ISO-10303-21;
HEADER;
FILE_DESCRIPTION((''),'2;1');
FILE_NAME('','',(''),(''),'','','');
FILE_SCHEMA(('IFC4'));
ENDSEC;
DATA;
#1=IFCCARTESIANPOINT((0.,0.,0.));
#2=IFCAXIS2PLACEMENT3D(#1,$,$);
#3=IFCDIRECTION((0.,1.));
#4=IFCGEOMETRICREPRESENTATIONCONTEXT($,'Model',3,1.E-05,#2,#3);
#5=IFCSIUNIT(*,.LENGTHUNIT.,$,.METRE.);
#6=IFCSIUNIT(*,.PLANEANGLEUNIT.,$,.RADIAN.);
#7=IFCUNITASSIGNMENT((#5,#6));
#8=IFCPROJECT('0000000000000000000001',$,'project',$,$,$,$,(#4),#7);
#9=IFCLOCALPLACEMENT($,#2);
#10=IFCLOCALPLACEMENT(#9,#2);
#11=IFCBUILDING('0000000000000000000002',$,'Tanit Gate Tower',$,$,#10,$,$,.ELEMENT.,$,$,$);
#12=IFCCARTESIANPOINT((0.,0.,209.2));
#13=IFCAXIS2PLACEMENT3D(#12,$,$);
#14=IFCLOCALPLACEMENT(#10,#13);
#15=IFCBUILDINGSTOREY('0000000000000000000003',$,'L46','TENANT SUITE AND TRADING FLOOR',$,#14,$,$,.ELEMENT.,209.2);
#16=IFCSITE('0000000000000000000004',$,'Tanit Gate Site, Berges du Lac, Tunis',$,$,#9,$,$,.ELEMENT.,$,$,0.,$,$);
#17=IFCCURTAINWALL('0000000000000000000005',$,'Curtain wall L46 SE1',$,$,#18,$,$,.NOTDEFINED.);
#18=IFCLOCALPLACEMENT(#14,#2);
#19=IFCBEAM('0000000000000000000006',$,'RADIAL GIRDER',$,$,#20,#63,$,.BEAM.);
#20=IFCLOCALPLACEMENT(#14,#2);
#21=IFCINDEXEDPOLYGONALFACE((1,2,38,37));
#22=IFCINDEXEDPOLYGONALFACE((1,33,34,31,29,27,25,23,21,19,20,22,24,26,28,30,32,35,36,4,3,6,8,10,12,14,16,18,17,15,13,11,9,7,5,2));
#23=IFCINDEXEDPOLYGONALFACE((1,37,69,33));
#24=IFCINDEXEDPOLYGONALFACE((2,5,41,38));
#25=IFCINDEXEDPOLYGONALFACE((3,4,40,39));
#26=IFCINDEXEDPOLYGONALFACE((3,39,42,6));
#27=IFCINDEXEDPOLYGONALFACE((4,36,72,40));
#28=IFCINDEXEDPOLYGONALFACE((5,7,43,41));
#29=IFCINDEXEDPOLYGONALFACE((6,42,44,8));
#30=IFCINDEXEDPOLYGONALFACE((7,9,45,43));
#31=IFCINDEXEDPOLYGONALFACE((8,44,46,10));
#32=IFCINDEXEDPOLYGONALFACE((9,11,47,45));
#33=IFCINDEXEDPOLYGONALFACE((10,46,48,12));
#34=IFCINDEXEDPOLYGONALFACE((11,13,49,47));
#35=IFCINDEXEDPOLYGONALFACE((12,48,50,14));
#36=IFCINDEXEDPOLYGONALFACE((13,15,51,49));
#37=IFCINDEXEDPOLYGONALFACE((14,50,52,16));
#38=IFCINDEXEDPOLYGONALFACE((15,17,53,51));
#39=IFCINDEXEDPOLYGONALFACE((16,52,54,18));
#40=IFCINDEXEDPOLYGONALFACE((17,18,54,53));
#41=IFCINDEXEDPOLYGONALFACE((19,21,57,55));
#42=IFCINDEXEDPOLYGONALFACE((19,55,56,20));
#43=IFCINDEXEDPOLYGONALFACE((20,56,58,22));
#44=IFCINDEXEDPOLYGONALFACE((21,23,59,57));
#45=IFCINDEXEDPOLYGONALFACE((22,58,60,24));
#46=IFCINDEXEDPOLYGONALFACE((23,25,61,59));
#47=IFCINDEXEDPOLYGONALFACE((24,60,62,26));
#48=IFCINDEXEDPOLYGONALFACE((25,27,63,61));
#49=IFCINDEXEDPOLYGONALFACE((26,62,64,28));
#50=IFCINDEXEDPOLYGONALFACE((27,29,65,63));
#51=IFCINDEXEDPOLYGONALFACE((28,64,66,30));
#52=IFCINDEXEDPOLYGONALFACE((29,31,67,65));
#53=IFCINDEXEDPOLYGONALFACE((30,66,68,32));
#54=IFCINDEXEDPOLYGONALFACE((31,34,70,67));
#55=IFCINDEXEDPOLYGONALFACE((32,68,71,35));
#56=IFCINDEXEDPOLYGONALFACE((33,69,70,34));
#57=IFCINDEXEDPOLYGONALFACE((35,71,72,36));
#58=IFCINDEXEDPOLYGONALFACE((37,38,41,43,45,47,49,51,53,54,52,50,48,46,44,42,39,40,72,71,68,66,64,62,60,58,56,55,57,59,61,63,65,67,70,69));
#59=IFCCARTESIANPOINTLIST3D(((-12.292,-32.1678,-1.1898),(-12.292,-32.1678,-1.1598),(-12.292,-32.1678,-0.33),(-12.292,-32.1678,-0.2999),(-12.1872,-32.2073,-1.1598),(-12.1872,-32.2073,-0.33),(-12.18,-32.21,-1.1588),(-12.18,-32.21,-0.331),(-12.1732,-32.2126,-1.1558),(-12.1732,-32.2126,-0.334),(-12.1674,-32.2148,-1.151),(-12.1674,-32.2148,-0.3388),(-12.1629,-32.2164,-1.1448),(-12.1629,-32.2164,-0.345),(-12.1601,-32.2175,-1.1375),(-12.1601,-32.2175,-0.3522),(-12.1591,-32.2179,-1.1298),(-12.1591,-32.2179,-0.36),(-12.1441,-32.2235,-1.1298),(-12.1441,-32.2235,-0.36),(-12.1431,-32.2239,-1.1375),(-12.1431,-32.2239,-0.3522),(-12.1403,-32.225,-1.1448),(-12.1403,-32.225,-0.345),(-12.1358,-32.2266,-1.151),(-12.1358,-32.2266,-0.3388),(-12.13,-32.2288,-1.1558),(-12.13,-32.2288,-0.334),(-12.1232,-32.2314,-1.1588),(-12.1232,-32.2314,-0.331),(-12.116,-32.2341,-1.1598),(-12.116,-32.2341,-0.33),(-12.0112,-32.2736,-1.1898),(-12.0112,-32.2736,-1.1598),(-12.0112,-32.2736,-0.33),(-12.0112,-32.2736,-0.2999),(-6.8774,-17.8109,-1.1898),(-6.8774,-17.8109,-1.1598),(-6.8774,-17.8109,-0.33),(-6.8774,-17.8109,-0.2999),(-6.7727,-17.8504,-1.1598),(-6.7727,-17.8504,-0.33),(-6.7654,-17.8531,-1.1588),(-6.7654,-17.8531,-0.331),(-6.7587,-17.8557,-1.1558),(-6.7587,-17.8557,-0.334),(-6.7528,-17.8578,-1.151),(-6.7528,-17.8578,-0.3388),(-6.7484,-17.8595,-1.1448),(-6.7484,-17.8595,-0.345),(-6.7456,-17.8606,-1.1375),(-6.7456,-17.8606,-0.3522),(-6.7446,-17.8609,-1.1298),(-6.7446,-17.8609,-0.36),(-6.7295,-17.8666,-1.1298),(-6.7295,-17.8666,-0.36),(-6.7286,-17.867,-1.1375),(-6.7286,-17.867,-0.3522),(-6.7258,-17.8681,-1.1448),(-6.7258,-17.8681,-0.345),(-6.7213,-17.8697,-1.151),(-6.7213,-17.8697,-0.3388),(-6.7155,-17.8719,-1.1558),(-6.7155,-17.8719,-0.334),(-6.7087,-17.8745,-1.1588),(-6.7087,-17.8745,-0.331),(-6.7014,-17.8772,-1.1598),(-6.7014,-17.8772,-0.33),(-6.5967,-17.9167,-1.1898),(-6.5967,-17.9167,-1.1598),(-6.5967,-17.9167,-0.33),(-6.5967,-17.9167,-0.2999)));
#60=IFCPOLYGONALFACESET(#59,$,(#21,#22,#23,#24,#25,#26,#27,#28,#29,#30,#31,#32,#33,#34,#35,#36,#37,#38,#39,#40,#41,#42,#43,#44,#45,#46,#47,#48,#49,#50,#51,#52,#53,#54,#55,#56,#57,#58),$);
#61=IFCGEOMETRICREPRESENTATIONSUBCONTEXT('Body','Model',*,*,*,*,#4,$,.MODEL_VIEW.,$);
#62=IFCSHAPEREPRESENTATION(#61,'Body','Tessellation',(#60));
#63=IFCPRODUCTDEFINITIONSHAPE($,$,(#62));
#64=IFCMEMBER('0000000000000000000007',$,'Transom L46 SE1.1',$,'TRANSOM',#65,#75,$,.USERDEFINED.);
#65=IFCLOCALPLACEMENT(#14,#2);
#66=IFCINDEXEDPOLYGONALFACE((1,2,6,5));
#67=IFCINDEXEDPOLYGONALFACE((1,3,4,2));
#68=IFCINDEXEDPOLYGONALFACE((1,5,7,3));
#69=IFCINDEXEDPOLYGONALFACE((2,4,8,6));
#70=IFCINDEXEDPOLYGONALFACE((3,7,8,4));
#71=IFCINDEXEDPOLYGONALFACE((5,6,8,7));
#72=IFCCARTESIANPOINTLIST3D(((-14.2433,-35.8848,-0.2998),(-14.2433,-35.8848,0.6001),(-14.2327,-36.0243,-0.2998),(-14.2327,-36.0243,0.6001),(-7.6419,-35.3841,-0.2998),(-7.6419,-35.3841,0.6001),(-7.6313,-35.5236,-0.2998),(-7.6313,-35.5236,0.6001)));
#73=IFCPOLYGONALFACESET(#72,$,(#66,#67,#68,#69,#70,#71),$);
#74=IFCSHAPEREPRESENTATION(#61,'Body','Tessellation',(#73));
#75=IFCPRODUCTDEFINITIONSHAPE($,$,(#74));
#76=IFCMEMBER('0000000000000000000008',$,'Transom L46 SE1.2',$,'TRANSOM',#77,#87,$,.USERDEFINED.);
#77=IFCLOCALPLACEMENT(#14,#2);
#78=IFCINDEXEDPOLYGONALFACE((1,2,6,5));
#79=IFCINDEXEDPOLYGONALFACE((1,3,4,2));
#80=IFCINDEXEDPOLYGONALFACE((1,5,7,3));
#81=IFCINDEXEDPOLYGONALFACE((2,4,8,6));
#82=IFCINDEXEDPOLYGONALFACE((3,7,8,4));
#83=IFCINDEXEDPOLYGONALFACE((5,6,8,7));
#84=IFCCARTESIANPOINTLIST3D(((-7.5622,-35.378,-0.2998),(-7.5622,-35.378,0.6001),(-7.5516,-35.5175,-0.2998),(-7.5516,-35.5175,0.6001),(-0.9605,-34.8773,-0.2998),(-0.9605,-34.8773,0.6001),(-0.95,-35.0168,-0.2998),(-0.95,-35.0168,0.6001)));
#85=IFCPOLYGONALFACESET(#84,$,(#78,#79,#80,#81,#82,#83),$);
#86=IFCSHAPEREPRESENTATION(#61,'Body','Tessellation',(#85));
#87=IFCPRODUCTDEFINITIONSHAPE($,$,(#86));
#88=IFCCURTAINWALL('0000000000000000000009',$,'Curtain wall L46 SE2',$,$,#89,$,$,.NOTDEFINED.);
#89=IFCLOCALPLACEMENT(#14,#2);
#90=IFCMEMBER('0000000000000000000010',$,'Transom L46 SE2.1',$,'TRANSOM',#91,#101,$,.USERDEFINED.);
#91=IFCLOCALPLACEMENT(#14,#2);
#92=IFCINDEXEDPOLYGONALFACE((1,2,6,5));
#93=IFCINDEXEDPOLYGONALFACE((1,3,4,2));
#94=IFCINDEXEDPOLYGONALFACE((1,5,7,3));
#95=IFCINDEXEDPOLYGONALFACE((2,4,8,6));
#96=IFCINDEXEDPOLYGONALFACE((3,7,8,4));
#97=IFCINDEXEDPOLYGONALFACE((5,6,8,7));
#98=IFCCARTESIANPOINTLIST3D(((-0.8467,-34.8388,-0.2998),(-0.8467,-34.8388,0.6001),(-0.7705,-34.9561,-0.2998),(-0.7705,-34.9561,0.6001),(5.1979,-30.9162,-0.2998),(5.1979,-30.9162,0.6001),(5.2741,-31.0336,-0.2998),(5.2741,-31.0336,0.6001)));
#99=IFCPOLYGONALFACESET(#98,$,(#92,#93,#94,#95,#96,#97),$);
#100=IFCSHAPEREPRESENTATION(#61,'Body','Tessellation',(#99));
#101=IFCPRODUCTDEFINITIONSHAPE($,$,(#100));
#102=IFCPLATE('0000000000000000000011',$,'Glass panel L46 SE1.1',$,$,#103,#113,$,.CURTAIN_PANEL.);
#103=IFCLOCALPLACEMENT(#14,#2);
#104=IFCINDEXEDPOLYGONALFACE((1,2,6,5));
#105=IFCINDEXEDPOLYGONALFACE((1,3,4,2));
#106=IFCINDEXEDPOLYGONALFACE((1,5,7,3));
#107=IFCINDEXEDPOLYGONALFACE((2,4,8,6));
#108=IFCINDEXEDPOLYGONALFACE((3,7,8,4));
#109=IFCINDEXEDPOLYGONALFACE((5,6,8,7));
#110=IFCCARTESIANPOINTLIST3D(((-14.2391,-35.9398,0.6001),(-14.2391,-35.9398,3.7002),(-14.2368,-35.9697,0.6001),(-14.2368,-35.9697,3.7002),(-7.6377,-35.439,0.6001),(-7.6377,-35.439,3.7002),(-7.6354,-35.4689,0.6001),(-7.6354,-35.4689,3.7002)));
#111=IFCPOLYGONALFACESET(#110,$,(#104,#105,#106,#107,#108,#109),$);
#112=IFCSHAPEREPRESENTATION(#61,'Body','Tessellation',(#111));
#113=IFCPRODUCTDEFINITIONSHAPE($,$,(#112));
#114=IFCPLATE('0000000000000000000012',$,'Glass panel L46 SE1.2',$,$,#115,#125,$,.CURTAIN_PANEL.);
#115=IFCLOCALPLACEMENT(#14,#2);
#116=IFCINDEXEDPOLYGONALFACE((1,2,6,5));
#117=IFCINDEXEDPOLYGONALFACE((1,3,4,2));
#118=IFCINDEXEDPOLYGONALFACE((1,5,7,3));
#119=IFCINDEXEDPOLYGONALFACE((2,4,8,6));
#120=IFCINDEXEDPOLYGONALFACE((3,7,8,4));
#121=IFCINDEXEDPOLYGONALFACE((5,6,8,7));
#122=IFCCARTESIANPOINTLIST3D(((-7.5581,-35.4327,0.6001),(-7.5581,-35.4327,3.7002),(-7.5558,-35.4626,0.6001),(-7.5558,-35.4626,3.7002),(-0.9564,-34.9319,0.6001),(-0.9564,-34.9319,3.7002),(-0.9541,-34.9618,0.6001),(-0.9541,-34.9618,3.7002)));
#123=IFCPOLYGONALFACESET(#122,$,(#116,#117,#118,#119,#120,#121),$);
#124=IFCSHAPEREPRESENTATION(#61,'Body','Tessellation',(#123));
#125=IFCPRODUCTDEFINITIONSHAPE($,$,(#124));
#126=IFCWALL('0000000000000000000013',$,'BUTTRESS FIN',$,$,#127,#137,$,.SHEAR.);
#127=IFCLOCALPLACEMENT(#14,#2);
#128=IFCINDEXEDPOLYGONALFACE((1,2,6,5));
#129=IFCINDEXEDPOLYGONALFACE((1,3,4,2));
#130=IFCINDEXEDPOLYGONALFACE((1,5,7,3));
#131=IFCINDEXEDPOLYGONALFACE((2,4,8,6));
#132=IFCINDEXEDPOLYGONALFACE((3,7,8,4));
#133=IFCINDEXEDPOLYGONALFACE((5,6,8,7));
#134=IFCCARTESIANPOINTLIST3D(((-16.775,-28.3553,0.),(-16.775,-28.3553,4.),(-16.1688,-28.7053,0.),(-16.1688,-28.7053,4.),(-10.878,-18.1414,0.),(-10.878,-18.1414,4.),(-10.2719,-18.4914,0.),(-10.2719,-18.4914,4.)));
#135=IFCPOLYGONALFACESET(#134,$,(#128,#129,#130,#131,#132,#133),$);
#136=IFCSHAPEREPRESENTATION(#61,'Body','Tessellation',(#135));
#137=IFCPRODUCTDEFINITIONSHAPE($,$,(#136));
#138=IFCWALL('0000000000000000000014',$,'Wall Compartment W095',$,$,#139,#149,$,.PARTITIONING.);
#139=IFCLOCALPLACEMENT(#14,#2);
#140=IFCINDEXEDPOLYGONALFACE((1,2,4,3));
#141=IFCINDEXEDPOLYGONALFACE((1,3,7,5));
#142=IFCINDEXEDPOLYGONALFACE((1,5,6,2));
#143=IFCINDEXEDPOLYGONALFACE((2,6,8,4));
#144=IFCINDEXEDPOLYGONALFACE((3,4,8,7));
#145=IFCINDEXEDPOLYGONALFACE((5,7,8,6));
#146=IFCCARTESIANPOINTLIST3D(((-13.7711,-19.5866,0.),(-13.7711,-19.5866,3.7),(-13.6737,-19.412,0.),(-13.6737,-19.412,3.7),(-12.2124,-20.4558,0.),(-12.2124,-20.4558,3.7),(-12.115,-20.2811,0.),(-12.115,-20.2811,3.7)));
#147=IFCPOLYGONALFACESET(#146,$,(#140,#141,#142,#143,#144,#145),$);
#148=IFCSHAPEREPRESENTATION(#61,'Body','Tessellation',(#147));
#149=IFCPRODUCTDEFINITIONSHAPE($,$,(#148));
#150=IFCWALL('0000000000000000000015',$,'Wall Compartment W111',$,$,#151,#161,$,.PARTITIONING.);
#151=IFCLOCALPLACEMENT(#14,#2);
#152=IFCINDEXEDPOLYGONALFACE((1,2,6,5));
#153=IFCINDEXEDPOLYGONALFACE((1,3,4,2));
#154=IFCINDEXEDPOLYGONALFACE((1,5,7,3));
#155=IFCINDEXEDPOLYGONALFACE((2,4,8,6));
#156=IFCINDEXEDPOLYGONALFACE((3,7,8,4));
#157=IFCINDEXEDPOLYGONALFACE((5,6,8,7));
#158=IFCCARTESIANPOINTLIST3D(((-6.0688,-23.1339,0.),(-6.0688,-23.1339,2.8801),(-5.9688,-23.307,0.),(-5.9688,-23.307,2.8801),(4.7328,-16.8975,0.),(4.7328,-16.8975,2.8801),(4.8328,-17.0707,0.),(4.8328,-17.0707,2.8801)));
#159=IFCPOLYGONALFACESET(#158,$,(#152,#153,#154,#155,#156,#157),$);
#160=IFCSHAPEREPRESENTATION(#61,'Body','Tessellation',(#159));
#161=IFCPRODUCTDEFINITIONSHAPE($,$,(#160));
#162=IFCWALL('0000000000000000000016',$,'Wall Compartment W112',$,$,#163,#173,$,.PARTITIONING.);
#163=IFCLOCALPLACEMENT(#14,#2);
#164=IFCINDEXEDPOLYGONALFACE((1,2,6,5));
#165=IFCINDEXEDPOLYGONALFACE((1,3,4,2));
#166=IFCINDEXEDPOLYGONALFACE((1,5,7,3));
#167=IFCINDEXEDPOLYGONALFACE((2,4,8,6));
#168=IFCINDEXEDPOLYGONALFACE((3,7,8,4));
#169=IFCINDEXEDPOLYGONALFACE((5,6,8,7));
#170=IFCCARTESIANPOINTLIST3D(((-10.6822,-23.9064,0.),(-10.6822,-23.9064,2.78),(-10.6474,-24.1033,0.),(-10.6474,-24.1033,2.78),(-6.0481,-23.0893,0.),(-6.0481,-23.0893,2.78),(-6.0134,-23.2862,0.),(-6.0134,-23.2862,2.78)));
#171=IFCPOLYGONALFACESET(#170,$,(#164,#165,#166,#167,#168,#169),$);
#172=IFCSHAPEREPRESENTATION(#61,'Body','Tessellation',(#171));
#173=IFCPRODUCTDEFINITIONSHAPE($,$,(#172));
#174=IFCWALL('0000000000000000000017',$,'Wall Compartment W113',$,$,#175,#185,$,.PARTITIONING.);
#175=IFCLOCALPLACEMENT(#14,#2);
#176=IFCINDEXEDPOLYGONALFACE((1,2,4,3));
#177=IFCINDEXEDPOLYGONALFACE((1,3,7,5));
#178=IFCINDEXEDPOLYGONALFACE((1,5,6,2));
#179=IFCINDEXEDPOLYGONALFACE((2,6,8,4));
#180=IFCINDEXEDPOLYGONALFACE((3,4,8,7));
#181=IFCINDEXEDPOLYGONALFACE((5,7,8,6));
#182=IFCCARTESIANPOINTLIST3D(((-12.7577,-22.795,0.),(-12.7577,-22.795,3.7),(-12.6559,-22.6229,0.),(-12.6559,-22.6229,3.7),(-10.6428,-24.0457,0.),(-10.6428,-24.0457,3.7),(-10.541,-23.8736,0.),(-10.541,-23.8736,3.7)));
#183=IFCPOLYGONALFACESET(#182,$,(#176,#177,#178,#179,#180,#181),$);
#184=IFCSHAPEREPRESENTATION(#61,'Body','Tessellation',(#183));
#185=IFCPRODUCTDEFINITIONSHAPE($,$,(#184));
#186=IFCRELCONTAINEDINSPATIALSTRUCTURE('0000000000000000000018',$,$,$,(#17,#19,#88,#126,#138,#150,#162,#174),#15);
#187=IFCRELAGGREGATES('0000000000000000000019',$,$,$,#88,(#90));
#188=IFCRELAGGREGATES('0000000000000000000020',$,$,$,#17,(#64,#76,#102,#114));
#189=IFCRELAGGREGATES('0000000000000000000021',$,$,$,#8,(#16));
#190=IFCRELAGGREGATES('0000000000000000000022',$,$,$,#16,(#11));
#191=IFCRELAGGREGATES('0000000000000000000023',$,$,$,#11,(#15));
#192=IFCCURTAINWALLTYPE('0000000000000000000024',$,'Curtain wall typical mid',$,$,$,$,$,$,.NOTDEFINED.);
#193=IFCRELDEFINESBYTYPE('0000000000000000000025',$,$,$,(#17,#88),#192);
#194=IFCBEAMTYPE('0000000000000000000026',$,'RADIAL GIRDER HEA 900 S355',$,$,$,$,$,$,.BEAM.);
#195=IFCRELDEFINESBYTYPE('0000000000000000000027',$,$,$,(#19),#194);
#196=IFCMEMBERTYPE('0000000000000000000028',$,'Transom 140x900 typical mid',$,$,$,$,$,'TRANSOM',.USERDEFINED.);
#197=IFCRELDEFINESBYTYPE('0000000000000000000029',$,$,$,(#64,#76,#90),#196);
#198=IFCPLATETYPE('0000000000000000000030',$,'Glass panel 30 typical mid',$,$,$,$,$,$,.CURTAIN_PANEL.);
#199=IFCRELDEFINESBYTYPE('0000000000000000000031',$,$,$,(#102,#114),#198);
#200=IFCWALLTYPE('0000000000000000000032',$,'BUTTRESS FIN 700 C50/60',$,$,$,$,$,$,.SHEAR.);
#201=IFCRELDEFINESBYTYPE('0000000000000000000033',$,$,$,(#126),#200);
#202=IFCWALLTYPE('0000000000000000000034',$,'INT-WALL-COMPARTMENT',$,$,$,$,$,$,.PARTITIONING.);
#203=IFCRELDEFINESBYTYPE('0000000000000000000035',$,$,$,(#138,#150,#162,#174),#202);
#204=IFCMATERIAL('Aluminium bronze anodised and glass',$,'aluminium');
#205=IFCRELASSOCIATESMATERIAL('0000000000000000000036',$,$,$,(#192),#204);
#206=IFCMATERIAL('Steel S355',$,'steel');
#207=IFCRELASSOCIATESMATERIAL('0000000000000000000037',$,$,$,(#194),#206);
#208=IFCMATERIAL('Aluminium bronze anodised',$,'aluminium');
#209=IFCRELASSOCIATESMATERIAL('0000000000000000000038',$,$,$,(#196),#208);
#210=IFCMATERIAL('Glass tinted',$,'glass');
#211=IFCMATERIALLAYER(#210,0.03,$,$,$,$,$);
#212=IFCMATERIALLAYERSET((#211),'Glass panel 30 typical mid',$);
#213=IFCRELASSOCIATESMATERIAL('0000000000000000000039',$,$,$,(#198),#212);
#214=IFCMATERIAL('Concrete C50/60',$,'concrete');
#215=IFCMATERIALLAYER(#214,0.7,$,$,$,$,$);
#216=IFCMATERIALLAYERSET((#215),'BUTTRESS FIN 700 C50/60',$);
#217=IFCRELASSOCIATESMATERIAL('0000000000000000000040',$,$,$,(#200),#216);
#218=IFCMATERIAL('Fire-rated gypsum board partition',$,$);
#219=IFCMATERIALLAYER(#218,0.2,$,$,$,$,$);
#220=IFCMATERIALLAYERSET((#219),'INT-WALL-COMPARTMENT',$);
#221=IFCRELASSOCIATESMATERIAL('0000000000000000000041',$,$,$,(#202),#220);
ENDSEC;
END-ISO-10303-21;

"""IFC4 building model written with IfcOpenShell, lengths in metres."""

from ifc_helpers import new_model, si_unit, direction, frame, frame_2d, origin, origin_2d, place, context, subcontext, project, spatial, rectangle, i_section, extrude, material, layer, layer_set, material_profile, profile_set, type_object, element, aggregate, save


model = new_model("IFC4")

# Units and contexts
model_context = context("Model", 3, precision=1e-05, world=origin(), true_north=direction((0.0, 1.0)))
body_context = subcontext(model_context, "Body", "Model", "MODEL_VIEW")
ifc_project = project(units=[si_unit("LENGTHUNIT", "METRE"), si_unit("PLANEANGLEUNIT", "RADIAN")], contexts=[model_context])

# Site, building, storey
site_placement = place(None, origin())
site = spatial("IfcSite", under=ifc_project, at=site_placement, Name="Tanit Gate Site, Berges du Lac, Tunis", CompositionType="ELEMENT", RefElevation=0.0)
building_placement = place(site_placement, origin())
building = spatial("IfcBuilding", under=site, at=building_placement, Name="Tanit Gate Tower", CompositionType="ELEMENT")
storey_placement = place(building_placement, frame((0.0, 0.0, 209.2)))
storey = spatial("IfcBuildingStorey", under=building, at=storey_placement, Name="L46", Description="TENANT SUITE AND TRADING FLOOR", CompositionType="ELEMENT", Elevation=209.2)

# Curtain wall
ifc_material_1 = material(Name="Aluminium bronze anodised and glass", Category="aluminium")
curtain_wall_type = type_object("IfcCurtainWallType", Name="Curtain wall typical mid", PredefinedType="NOTDEFINED", material=ifc_material_1)
curtain_wall_1_placement = place(storey_placement, origin())
curtain_wall_1 = element("IfcCurtainWall", 1, at=curtain_wall_1_placement, inside=storey, type_object=curtain_wall_type, Name="Curtain wall L46 SE1", PredefinedType="NOTDEFINED")

# Beam
ifc_material_2 = material(Name="Steel S355", Category="steel")
ifc_material_profile_1 = material_profile(ifc_material_2, i_section(OverallWidth=0.3, OverallDepth=0.8899, WebThickness=0.0161, FlangeThickness=0.03, FilletRadius=0.03, at=origin_2d()), Name="HEA 900")
ifc_profile_set_1 = profile_set([ifc_material_profile_1], Name="Steel S355")
beam_type_1 = type_object("IfcBeamType", Name="RADIAL GIRDER HEA 900 S355", PredefinedType="BEAM", material=ifc_profile_set_1)
beam_1_placement = place(storey_placement, frame((-12.1516, -32.2207, -0.7449), z_axis=(0.352877, 0.93567, 0.0), x_axis=(-0.93567, 0.352877, 0.0)))
element("IfcBeam", 2, at=beam_1_placement, inside=storey, type_object=beam_type_1, Name="RADIAL GIRDER", PredefinedType="BEAM", context=body_context, shape_type="SweptSolid", body=[
    extrude(i_section(OverallWidth=0.3, OverallDepth=0.8899, WebThickness=0.0161, FlangeThickness=0.03, FilletRadius=0.03, at=origin_2d()), origin(), (0.0, 0.0, 1.0), 15.344),
])

# Members
ifc_material_3 = material(Name="Aluminium bronze anodised", Category="aluminium")
ifc_material_profile_2 = material_profile(ifc_material_3, rectangle(XDim=0.1399, YDim=0.8999, at=origin_2d()), Name="140x900 bronze transom")
ifc_profile_set_2 = profile_set([ifc_material_profile_2], Name="Aluminium bronze anodised")
member_type_1 = type_object("IfcMemberType", Name="Transom 140x900 typical mid", ElementType="TRANSOM", PredefinedType="USERDEFINED", material=ifc_profile_set_2)
member_1_placement = place(storey_placement, frame((-14.238, -35.9546, 0.1501), z_axis=(0.997135, 0.075636, 0.0), x_axis=(-0.075636, 0.997135, 0.0)))
member_1 = element("IfcMember", 3, at=member_1_placement, type_object=member_type_1, Name="Transom L46 SE1.1", ObjectType="TRANSOM", PredefinedType="USERDEFINED", context=body_context, shape_type="SweptSolid", body=[
    extrude(rectangle(XDim=0.1399, YDim=0.8999, at=origin_2d()), origin(), (0.0, 0.0, 1.0), 6.6204),
])
member_2_placement = place(storey_placement, frame((-7.5569, -35.4478, 0.1501), z_axis=(0.997136, 0.075633, 0.0), x_axis=(-0.075633, 0.997136, 0.0)))
member_2 = element("IfcMember", 4, at=member_2_placement, type_object=member_type_1, Name="Transom L46 SE1.2", ObjectType="TRANSOM", PredefinedType="USERDEFINED", context=body_context, shape_type="SweptSolid", body=[
    extrude(rectangle(XDim=0.1399, YDim=0.8999, at=origin_2d()), origin(), (0.0, 0.0, 1.0), 6.6206),
])

# Curtain wall, member
curtain_wall_2_placement = place(storey_placement, origin())
curtain_wall_2 = element("IfcCurtainWall", 5, at=curtain_wall_2_placement, inside=storey, type_object=curtain_wall_type, Name="Curtain wall L46 SE2", PredefinedType="NOTDEFINED")
member_3_placement = place(storey_placement, frame((-0.8086, -34.8975, 0.1501), z_axis=(0.838851, 0.544361, 0.0), x_axis=(-0.544361, 0.838851, 0.0)))
member_3 = element("IfcMember", 6, at=member_3_placement, type_object=member_type_1, Name="Transom L46 SE2.1", ObjectType="TRANSOM", PredefinedType="USERDEFINED", context=body_context, shape_type="SweptSolid", body=[
    extrude(rectangle(XDim=0.1399, YDim=0.8999, at=origin_2d()), origin(), (0.0, 0.0, 1.0), 7.2058),
])
aggregate(curtain_wall_2, [member_3])

# Plates
ifc_material_4 = material(Name="Glass tinted", Category="glass")
ifc_layer_1 = layer(ifc_material_4, 0.03)
ifc_layer_set_1 = layer_set([ifc_layer_1], Name="Glass panel 30 typical mid")
plate_type = type_object("IfcPlateType", Name="Glass panel 30 typical mid", PredefinedType="CURTAIN_PANEL", material=ifc_layer_set_1)
plate_1_placement = place(storey_placement, frame((-10.9373, -35.7043, 0.6001), z_axis=(0.0, 0.0, 1.0), x_axis=(0.997135, 0.075645, 0.0)))
plate_1 = element("IfcPlate", 7, at=plate_1_placement, type_object=plate_type, Name="Glass panel L46 SE1.1", PredefinedType="CURTAIN_PANEL", context=body_context, shape_type="SweptSolid", body=[
    extrude(rectangle(XDim=6.6204, YDim=0.03, at=origin_2d()), origin(), (0.0, 0.0, 1.0), 3.1001),
])
plate_2_placement = place(storey_placement, frame((-4.2561, -35.1973, 0.6001), z_axis=(0.0, 0.0, 1.0), x_axis=(0.997135, 0.075645, 0.0)))
plate_2 = element("IfcPlate", 8, at=plate_2_placement, type_object=plate_type, Name="Glass panel L46 SE1.2", PredefinedType="CURTAIN_PANEL", context=body_context, shape_type="SweptSolid", body=[
    extrude(rectangle(XDim=6.6206, YDim=0.03, at=origin_2d()), origin(), (0.0, 0.0, 1.0), 3.1001),
])
aggregate(curtain_wall_1, [member_1, member_2, plate_1, plate_2])

# Wall
ifc_material_5 = material(Name="Concrete C50/60", Category="concrete")
ifc_layer_2 = layer(ifc_material_5, 0.7)
ifc_layer_set_2 = layer_set([ifc_layer_2], Name="BUTTRESS FIN 700 C50/60")
wall_type_1 = type_object("IfcWallType", Name="BUTTRESS FIN 700 C50/60", PredefinedType="SHEAR", material=ifc_layer_set_2)
wall_1_placement = place(storey_placement, frame((-10.575, -18.3164, 0.0), z_axis=(0.0, 0.0, 1.0), x_axis=(-0.5, -0.866026, 0.0)))
element("IfcWall", 9, at=wall_1_placement, inside=storey, type_object=wall_type_1, Name="BUTTRESS FIN", PredefinedType="SHEAR", context=body_context, shape_type="SweptSolid", body=[
    extrude(rectangle(XDim=11.7939, YDim=0.7, at=frame_2d((5.897, 0.0))), origin(), (0.0, 0.0, 1.0), 4.0),
])

# Walls
ifc_material_6 = material(Name="Fire-rated gypsum board partition")
ifc_layer_3 = layer(ifc_material_6, 0.2)
ifc_layer_set_3 = layer_set([ifc_layer_3], Name="INT-WALL-COMPARTMENT")
wall_type_2 = type_object("IfcWallType", Name="INT-WALL-COMPARTMENT", PredefinedType="PARTITIONING", material=ifc_layer_set_3)
wall_2_placement = place(storey_placement, frame((-13.7224, -19.4993, 0.0), z_axis=(0.0, 0.0, 1.0), x_axis=(0.873382, -0.487036, 0.0)))
element("IfcWall", 10, at=wall_2_placement, inside=storey, type_object=wall_type_2, Name="Wall Compartment W095", PredefinedType="PARTITIONING", context=body_context, shape_type="SweptSolid", body=[
    extrude(rectangle(XDim=1.7847, YDim=0.2, at=frame_2d((0.8923, 0.0))), origin(), (0.0, 0.0, 1.0), 3.7),
])
wall_3_placement = place(storey_placement, frame((-6.0188, -23.2205, 0.0), z_axis=(0.0, 0.0, 1.0), x_axis=(0.866023, 0.500004, 0.0)))
element("IfcWall", 11, at=wall_3_placement, inside=storey, type_object=wall_type_2, Name="Wall Compartment W111", PredefinedType="PARTITIONING", context=body_context, shape_type="SweptSolid", body=[
    extrude(rectangle(XDim=12.4727, YDim=0.2, at=frame_2d((6.2363, 0.0))), origin(), (0.0, 0.0, 1.0), 2.8801),
])
wall_4_placement = place(storey_placement, frame((-10.6648, -24.0049, 0.0), z_axis=(0.0, 0.0, 1.0), x_axis=(0.984807, 0.173655, 0.0)))
element("IfcWall", 12, at=wall_4_placement, inside=storey, type_object=wall_type_2, Name="Wall Compartment W112", PredefinedType="PARTITIONING", context=body_context, shape_type="SweptSolid", body=[
    extrude(rectangle(XDim=4.7056, YDim=0.2, at=frame_2d((2.3528, 0.0))), origin(), (0.0, 0.0, 1.0), 2.78),
])
wall_5_placement = place(storey_placement, frame((-12.7068, -22.709, 0.0), z_axis=(0.0, 0.0, 1.0), x_axis=(0.860754, -0.509021, 0.0)))
element("IfcWall", 13, at=wall_5_placement, inside=storey, type_object=wall_type_2, Name="Wall Compartment W113", PredefinedType="PARTITIONING", context=body_context, shape_type="SweptSolid", body=[
    extrude(rectangle(XDim=2.457, YDim=0.2, at=frame_2d((1.2285, 0.0))), origin(), (0.0, 0.0, 1.0), 3.7),
])

save(model, "model.ifc")
